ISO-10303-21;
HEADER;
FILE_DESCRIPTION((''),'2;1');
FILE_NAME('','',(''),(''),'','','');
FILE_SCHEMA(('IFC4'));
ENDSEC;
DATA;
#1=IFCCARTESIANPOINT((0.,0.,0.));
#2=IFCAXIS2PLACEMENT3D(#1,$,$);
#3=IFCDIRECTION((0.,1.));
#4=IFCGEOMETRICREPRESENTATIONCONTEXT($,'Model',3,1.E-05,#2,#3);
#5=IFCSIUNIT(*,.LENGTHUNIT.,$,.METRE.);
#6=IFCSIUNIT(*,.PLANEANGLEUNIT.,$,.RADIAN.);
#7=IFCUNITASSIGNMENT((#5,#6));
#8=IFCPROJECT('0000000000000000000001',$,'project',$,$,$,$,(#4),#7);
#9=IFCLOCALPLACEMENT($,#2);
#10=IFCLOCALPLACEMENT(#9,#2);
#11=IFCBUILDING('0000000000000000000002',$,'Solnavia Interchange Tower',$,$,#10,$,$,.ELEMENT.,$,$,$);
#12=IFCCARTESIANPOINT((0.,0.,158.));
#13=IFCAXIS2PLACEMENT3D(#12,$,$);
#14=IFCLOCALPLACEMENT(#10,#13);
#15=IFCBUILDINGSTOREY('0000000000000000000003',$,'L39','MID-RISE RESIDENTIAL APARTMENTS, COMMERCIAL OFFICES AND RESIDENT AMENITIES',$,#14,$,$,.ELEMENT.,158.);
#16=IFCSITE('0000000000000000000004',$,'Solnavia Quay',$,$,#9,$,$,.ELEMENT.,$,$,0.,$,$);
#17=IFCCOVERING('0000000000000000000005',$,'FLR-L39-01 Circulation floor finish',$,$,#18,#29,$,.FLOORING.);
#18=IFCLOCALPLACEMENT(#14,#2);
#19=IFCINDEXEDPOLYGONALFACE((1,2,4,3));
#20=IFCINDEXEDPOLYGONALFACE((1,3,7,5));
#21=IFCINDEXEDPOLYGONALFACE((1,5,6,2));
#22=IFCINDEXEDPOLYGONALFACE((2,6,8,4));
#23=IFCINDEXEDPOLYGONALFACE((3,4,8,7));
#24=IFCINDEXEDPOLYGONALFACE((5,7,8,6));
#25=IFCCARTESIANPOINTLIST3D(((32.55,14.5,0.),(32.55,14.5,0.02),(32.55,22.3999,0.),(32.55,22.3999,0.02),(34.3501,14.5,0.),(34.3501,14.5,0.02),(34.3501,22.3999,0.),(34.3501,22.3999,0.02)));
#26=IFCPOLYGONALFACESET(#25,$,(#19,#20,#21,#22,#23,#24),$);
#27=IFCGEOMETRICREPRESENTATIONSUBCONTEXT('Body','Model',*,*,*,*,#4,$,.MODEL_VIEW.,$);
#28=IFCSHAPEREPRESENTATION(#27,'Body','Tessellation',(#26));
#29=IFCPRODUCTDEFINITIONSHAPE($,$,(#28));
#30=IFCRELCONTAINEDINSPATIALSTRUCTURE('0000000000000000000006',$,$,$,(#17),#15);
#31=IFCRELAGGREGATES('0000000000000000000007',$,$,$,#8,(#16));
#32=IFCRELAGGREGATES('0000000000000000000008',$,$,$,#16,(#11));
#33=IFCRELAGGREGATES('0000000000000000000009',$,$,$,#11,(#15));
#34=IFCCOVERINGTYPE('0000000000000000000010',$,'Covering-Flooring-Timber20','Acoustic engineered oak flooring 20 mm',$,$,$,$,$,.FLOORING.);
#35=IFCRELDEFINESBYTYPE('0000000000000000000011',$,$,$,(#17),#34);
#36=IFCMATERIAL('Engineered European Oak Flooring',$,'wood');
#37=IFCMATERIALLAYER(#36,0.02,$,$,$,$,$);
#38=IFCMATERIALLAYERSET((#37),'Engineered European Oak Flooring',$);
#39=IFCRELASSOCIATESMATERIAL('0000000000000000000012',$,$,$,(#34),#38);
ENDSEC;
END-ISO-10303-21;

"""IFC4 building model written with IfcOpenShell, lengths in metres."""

from ifc_helpers import new_model, si_unit, direction, frame, origin, place, context, subcontext, project, spatial, polyline, outline, extrude, material, layer, layer_set, type_object, element, save


model = new_model("IFC4")

# Units and contexts
model_context = context("Model", 3, precision=1e-05, world=origin(), true_north=direction((0.0, 1.0)))
body_context = subcontext(model_context, "Body", "Model", "MODEL_VIEW")
ifc_project = project(units=[si_unit("LENGTHUNIT", "METRE"), si_unit("PLANEANGLEUNIT", "RADIAN")], contexts=[model_context])

# Site, building, storey
site_placement = place(None, origin())
site = spatial("IfcSite", under=ifc_project, at=site_placement, Name="Solnavia Quay", CompositionType="ELEMENT", RefElevation=0.0)
building_placement = place(site_placement, origin())
building = spatial("IfcBuilding", under=site, at=building_placement, Name="Solnavia Interchange Tower", CompositionType="ELEMENT")
storey_placement = place(building_placement, frame((0.0, 0.0, 158.0)))
storey = spatial("IfcBuildingStorey", under=building, at=storey_placement, Name="L39", Description="MID-RISE RESIDENTIAL APARTMENTS, COMMERCIAL OFFICES AND RESIDENT AMENITIES", CompositionType="ELEMENT", Elevation=158.0)

# Covering
ifc_material_1 = material(Name="Engineered European Oak Flooring", Category="wood")
ifc_layer_1 = layer(ifc_material_1, 0.02)
ifc_layer_set_1 = layer_set([ifc_layer_1], Name="Engineered European Oak Flooring")
covering_type_1 = type_object("IfcCoveringType", Name="Covering-Flooring-Timber20", Description="Acoustic engineered oak flooring 20 mm", PredefinedType="FLOORING", material=ifc_layer_set_1)
covering_1_placement = place(storey_placement, origin())
element("IfcCovering", 1, at=covering_1_placement, inside=storey, type_object=covering_type_1, Name="FLR-L39-01 Circulation floor finish", PredefinedType="FLOORING", context=body_context, shape_type="SweptSolid", body=[
    extrude(outline(polyline([(32.55, 14.5), (34.3501, 14.5), (34.3501, 22.3999), (32.55, 22.3999), (32.55, 14.5)])), origin(), (0.0, 0.0, 1.0), 0.02),
])

save(model, "model.ifc")
